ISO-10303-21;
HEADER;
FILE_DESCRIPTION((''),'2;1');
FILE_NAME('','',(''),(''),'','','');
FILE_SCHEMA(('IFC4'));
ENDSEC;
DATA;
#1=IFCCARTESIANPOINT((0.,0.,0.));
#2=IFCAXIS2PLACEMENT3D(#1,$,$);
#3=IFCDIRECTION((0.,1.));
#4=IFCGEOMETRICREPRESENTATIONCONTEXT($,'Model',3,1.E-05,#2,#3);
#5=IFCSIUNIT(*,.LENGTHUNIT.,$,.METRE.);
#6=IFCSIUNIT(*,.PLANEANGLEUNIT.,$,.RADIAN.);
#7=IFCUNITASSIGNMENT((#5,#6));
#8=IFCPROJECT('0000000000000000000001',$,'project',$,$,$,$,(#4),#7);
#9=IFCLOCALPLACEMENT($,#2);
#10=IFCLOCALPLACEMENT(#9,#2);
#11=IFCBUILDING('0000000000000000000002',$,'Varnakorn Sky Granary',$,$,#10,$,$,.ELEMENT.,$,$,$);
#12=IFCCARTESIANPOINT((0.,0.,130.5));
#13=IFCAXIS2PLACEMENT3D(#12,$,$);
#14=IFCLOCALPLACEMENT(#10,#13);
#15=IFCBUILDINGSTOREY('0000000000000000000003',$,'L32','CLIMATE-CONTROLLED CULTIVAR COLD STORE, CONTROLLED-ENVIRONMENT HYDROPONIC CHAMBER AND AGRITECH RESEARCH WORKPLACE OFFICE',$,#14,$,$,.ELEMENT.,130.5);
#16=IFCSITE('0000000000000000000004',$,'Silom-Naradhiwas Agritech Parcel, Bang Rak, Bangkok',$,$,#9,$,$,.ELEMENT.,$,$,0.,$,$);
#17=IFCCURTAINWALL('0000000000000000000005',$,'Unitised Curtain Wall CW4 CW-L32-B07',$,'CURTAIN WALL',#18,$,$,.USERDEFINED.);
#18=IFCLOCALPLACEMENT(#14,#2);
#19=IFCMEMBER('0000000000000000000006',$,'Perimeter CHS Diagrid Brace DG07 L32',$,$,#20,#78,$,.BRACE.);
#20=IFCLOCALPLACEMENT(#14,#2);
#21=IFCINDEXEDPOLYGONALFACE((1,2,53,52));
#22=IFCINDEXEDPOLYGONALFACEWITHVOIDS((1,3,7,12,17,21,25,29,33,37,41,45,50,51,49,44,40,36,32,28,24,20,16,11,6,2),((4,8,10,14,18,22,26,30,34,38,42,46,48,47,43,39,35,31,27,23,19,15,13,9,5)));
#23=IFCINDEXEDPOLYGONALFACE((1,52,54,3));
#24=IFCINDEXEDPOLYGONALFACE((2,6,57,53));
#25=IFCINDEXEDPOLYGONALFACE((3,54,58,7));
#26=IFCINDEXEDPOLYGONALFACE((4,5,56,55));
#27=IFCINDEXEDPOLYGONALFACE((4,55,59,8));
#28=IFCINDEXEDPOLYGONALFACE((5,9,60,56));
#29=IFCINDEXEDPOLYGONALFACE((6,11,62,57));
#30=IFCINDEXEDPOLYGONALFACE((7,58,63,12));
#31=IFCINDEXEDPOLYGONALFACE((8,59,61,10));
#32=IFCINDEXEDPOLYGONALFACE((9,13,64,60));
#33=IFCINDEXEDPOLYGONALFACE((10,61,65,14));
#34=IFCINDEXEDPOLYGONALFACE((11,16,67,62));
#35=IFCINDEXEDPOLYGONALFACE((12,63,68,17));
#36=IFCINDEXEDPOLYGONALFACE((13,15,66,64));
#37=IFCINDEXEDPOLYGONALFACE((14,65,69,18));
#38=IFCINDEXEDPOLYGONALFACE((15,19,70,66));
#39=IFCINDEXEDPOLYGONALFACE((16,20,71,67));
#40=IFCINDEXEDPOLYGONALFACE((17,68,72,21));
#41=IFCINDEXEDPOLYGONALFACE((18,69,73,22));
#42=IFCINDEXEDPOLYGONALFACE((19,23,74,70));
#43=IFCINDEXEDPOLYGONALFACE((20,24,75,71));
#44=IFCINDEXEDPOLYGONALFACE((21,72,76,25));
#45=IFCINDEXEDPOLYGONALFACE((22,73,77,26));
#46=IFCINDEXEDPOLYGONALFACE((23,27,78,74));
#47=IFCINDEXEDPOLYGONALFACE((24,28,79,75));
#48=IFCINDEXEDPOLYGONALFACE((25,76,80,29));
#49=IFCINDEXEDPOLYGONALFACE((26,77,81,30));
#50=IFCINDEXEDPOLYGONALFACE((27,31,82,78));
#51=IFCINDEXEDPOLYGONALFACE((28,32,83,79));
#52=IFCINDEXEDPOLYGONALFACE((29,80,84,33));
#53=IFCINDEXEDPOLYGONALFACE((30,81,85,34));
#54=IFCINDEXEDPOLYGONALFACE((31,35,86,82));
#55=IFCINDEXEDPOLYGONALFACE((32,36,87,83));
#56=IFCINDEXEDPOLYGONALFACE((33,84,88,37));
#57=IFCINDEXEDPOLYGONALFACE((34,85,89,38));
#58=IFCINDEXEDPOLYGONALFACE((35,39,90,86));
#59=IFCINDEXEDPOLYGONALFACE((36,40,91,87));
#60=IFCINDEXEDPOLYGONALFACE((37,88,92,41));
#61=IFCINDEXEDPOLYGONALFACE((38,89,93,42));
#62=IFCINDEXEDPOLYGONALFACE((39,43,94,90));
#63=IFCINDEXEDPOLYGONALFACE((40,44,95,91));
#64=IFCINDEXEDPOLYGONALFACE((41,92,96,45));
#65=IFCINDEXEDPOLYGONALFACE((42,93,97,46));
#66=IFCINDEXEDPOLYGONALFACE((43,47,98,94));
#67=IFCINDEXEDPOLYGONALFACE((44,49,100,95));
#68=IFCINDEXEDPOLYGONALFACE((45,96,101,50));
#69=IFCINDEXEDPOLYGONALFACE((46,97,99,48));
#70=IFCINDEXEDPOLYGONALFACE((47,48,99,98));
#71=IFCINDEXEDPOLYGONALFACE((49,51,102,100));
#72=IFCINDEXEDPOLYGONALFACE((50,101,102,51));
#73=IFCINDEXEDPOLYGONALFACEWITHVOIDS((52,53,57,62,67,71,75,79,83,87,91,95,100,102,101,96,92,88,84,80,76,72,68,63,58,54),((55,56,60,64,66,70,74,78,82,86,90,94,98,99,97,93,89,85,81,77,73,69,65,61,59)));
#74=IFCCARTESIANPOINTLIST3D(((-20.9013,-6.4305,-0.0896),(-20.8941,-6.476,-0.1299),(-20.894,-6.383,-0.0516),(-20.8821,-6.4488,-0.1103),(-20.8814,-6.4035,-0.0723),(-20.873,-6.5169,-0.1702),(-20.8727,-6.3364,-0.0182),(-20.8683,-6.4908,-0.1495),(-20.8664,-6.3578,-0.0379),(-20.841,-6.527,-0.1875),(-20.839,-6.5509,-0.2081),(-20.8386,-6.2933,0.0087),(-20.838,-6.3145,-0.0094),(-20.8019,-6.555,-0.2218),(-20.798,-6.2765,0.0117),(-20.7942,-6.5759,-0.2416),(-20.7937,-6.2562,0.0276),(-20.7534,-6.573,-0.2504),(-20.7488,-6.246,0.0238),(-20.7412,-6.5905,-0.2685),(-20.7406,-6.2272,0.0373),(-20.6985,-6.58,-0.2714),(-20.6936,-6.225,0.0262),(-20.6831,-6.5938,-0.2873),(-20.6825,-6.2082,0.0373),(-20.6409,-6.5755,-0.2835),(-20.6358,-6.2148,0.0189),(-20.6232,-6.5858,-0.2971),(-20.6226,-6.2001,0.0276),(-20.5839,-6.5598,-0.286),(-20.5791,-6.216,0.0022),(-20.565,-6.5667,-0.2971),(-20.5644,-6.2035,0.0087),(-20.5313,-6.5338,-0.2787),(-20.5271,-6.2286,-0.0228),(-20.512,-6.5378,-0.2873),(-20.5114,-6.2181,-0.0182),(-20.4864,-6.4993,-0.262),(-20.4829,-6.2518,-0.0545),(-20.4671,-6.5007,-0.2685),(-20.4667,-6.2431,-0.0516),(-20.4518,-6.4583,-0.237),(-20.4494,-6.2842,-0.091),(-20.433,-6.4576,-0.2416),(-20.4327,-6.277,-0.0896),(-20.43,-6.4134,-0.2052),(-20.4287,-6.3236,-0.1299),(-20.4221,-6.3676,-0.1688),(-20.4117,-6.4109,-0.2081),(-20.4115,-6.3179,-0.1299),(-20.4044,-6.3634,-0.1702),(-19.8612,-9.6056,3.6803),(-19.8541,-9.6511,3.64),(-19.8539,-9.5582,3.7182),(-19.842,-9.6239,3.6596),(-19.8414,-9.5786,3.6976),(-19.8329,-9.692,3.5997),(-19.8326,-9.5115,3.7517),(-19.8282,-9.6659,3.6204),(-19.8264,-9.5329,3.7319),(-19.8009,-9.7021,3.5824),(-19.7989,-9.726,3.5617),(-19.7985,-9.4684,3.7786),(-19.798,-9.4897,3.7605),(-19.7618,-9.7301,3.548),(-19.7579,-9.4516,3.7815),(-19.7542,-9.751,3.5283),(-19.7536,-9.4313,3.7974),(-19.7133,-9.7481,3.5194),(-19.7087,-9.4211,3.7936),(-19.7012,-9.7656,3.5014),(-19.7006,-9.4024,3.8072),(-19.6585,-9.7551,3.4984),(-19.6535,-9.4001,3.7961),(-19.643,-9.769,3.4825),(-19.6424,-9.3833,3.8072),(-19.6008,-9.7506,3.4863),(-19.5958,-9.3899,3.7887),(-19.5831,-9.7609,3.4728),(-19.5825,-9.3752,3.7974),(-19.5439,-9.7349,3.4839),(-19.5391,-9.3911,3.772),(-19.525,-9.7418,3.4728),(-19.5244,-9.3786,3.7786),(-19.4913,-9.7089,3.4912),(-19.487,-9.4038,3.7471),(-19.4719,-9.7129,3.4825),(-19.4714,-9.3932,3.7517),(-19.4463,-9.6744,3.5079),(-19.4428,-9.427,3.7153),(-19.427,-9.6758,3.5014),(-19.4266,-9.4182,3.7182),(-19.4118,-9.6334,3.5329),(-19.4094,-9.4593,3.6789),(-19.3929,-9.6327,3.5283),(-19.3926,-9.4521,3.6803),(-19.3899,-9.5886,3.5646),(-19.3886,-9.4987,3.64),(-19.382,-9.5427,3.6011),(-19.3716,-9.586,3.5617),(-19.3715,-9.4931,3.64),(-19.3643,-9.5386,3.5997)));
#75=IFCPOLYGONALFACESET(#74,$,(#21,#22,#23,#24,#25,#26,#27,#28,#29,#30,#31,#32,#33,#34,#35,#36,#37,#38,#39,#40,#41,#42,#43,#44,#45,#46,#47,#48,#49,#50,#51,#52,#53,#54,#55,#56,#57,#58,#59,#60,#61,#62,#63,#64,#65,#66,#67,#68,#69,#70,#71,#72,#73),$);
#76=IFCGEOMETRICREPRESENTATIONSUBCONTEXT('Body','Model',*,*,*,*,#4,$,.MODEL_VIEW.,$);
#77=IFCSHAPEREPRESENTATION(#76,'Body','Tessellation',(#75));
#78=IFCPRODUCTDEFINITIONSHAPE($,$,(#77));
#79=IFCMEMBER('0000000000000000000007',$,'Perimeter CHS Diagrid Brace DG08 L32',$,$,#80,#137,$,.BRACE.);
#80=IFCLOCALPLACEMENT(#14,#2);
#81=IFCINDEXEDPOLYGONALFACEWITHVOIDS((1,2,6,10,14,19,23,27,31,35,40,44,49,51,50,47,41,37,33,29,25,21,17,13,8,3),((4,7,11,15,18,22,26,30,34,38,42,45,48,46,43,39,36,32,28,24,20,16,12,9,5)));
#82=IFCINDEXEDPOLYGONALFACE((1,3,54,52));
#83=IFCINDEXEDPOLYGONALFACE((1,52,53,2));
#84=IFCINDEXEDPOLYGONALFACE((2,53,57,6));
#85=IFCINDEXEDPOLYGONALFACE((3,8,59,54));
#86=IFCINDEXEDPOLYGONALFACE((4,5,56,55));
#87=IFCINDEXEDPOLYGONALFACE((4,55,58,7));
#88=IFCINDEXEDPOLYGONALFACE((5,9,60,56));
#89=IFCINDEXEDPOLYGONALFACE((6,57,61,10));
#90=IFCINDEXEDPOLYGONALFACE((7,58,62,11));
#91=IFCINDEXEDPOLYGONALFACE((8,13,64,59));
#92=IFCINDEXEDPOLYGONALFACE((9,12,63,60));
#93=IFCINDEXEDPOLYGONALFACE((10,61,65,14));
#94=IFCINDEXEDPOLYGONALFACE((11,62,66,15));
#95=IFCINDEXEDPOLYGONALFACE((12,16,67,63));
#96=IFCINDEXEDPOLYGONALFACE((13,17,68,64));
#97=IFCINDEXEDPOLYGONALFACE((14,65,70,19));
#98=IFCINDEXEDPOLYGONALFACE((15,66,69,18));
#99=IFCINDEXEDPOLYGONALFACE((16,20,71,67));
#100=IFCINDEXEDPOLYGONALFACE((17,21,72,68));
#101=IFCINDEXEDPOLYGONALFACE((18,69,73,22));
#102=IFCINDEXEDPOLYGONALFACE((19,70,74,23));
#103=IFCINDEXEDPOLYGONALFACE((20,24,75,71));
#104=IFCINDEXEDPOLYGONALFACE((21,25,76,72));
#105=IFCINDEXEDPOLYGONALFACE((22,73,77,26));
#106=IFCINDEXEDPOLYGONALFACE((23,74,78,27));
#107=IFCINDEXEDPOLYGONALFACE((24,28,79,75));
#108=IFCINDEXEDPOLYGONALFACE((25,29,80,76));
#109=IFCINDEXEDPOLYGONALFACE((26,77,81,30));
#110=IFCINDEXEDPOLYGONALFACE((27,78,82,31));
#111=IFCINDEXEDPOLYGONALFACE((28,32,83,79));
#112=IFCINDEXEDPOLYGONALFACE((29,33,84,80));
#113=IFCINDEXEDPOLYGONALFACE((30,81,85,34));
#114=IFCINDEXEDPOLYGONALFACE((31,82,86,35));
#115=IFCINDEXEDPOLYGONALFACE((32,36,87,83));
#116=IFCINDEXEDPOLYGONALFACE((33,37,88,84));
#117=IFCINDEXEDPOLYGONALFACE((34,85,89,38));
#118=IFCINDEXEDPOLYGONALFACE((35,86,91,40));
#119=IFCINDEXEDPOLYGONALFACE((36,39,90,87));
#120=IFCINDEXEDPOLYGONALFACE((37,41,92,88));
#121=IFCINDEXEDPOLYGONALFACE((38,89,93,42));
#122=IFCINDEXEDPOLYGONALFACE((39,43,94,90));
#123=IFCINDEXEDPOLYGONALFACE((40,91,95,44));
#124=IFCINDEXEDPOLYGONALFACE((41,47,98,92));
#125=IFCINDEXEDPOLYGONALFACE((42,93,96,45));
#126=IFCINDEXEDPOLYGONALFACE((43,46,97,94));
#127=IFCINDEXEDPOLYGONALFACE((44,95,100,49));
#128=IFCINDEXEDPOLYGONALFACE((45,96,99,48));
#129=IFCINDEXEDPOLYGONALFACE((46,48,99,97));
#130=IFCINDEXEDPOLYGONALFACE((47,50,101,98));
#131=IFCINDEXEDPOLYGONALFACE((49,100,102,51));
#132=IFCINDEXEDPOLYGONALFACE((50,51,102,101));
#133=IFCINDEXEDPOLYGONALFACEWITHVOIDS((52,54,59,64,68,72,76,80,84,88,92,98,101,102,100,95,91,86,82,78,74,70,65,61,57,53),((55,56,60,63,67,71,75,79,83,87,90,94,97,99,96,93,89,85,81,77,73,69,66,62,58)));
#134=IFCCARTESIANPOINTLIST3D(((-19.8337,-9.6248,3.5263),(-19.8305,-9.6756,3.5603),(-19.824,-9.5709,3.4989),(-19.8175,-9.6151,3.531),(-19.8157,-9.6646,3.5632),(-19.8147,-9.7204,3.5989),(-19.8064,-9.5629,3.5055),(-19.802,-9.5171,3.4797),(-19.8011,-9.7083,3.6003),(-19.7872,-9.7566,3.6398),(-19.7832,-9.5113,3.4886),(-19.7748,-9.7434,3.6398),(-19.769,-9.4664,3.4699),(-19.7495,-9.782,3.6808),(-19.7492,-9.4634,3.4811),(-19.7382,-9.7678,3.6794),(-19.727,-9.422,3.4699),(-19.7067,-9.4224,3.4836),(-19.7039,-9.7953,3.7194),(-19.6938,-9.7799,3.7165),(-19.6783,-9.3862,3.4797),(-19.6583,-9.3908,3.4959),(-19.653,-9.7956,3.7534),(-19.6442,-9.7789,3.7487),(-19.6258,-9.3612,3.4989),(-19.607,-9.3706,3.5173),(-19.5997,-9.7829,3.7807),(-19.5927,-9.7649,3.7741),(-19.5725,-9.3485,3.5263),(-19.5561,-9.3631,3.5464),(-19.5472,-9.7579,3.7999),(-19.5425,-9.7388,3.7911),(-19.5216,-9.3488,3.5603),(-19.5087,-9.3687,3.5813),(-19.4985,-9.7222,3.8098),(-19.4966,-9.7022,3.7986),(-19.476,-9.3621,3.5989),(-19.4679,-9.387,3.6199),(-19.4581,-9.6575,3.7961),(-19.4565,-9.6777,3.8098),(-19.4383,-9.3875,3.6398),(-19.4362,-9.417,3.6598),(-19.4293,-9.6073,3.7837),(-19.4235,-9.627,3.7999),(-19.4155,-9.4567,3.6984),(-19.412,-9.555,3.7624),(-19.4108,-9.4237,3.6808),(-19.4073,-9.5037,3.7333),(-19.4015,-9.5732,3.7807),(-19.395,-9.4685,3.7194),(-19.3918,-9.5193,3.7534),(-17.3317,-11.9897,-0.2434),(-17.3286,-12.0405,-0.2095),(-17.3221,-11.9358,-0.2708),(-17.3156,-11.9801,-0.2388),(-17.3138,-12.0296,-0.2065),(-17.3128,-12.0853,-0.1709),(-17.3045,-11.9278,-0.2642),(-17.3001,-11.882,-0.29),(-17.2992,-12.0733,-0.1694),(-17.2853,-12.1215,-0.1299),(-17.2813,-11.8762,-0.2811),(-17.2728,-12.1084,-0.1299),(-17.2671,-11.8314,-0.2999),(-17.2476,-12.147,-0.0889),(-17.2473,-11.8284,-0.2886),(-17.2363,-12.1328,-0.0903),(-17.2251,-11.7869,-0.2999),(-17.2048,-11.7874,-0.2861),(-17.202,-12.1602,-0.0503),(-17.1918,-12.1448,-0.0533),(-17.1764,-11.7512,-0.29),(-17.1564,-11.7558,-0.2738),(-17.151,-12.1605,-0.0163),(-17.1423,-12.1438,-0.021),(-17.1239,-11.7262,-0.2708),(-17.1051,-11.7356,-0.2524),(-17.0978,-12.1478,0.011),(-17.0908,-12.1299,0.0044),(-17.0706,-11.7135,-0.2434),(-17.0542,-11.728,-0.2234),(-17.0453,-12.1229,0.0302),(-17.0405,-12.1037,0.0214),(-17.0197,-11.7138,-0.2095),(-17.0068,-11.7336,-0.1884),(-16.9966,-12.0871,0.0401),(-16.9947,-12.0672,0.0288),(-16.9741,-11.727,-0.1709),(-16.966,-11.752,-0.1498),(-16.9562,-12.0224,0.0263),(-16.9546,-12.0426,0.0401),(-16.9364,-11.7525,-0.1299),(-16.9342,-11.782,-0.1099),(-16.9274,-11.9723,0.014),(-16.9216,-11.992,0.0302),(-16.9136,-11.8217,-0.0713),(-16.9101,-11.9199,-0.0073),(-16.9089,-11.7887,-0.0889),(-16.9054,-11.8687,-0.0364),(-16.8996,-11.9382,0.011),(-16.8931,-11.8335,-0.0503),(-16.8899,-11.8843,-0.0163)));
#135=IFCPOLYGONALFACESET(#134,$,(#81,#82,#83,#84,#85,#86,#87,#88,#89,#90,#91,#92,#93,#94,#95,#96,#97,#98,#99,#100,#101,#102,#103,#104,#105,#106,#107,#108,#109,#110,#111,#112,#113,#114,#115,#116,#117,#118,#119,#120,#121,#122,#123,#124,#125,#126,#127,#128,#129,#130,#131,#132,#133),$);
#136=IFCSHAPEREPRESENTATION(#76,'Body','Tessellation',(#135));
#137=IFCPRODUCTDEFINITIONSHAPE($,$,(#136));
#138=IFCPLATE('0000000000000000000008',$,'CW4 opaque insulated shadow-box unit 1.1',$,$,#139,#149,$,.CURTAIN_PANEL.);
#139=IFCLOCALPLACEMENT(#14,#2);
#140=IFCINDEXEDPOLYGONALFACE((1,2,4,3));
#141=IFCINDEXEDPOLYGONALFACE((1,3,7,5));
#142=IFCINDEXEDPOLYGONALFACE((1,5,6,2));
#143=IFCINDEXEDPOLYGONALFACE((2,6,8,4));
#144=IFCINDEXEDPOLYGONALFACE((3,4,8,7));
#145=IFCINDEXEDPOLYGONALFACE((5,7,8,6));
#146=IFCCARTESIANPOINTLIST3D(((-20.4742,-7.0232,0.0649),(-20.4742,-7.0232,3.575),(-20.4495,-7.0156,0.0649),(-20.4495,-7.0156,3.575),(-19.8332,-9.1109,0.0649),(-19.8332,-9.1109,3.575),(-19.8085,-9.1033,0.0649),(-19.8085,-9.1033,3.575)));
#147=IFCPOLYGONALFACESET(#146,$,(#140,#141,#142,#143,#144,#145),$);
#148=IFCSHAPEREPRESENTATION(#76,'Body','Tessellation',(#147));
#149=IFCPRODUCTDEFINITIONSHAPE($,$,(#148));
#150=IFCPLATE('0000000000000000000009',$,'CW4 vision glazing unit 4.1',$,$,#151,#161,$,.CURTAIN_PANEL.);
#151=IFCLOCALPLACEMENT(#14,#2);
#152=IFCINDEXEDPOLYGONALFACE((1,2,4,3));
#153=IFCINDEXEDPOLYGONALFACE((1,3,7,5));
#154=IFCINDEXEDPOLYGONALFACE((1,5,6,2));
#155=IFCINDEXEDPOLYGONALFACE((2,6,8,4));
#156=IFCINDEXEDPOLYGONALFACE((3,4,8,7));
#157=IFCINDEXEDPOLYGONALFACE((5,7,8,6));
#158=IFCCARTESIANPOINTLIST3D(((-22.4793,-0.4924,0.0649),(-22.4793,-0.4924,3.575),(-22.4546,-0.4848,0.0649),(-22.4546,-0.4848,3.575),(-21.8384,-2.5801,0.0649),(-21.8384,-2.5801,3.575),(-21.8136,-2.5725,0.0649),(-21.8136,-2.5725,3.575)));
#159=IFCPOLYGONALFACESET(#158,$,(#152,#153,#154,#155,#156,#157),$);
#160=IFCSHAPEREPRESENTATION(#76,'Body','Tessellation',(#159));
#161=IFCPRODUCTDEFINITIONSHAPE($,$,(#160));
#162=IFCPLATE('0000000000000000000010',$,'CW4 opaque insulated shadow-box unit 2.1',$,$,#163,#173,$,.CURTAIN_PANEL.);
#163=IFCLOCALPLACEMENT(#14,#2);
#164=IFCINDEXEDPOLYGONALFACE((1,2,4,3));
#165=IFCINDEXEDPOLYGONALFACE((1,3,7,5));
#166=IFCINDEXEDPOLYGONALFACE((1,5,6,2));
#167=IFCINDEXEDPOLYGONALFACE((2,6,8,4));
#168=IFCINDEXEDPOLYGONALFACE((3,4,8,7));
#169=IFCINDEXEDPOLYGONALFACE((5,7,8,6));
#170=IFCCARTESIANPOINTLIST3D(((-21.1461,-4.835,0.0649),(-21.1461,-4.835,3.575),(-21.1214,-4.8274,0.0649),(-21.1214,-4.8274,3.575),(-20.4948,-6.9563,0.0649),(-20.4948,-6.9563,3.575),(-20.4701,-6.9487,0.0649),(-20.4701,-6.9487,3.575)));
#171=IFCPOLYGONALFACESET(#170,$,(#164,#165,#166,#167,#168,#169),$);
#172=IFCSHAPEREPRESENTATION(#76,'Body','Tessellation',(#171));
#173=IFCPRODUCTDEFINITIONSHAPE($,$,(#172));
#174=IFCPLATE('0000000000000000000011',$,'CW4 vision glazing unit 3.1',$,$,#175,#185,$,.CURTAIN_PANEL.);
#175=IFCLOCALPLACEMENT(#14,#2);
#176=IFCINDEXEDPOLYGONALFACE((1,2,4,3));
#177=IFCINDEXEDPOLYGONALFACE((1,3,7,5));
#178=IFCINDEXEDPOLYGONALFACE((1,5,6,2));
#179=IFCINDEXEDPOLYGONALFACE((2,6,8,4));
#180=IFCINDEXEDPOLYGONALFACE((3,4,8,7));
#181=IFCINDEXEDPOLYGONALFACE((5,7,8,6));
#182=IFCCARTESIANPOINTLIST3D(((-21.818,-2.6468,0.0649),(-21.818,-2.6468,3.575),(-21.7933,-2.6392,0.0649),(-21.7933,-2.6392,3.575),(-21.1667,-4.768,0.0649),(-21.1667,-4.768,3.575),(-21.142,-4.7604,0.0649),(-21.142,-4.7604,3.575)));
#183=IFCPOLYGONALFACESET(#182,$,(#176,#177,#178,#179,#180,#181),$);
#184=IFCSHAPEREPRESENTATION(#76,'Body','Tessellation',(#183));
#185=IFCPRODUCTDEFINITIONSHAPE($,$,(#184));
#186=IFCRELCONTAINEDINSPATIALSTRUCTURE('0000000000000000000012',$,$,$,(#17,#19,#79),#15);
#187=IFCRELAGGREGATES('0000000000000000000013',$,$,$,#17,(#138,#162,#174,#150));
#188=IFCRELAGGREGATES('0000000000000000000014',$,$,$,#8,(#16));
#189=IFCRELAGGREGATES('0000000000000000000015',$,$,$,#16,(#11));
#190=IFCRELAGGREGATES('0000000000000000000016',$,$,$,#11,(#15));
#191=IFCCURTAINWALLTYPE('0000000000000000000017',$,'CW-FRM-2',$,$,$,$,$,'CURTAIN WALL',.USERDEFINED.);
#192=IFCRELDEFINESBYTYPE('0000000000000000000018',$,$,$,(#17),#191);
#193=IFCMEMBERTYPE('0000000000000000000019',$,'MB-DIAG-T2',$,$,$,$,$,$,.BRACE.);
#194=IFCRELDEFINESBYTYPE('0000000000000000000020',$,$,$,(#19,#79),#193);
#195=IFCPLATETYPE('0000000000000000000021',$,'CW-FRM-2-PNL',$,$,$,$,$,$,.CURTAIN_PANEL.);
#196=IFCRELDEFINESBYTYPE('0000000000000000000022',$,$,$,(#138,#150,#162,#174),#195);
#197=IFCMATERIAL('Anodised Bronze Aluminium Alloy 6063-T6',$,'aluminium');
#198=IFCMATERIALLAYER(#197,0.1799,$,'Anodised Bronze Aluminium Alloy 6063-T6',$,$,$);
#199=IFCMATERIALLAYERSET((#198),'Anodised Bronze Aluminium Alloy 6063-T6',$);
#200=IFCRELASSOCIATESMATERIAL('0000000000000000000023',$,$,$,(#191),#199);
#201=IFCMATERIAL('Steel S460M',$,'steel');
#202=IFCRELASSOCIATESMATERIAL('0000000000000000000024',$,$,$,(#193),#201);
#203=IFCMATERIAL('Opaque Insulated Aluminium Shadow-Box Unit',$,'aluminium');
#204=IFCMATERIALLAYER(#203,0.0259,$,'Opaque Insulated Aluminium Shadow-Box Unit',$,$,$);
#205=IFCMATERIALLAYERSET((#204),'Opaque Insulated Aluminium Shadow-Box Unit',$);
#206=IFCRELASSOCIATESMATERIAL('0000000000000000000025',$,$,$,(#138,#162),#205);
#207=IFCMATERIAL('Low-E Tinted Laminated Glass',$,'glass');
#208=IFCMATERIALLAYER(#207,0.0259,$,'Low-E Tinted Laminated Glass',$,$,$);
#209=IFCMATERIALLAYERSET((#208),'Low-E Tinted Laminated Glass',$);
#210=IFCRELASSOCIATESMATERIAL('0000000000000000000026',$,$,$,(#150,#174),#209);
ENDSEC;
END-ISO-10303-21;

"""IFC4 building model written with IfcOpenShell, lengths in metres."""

from ifc_helpers import new_model, si_unit, direction, frame, origin, origin_2d, place, context, subcontext, project, spatial, rectangle, hollow_circle, extrude, source, transform, mapped, material, layer, layer_set, material_profile, profile_set, type_object, element, aggregate, save


model = new_model("IFC4")

# Units and contexts
model_context = context("Model", 3, precision=1e-05, world=origin(), true_north=direction((0.0, 1.0)))
body_context = subcontext(model_context, "Body", "Model", "MODEL_VIEW")
ifc_project = project(units=[si_unit("LENGTHUNIT", "METRE"), si_unit("PLANEANGLEUNIT", "RADIAN")], contexts=[model_context])

# Site, building, storey
site_placement = place(None, origin())
site = spatial("IfcSite", under=ifc_project, at=site_placement, Name="Silom-Naradhiwas Agritech Parcel, Bang Rak, Bangkok", CompositionType="ELEMENT", RefElevation=0.0)
building_placement = place(site_placement, origin())
building = spatial("IfcBuilding", under=site, at=building_placement, Name="Varnakorn Sky Granary", CompositionType="ELEMENT")
storey_placement = place(building_placement, frame((0.0, 0.0, 130.5)))
storey = spatial("IfcBuildingStorey", under=building, at=storey_placement, Name="L32", Description="CLIMATE-CONTROLLED CULTIVAR COLD STORE, CONTROLLED-ENVIRONMENT HYDROPONIC CHAMBER AND AGRITECH RESEARCH WORKPLACE OFFICE", CompositionType="ELEMENT", Elevation=130.5)

# Shared definitions
ifc_material_1 = material(Name="Steel S460M", Category="steel")

# Curtain wall
ifc_material_2 = material(Name="Anodised Bronze Aluminium Alloy 6063-T6", Category="aluminium")
ifc_layer_1 = layer(ifc_material_2, 0.1799, Name="Anodised Bronze Aluminium Alloy 6063-T6")
ifc_layer_set_1 = layer_set([ifc_layer_1], Name="Anodised Bronze Aluminium Alloy 6063-T6")
curtain_wall_type = type_object("IfcCurtainWallType", Name="CW-FRM-2", ElementType="CURTAIN WALL", PredefinedType="USERDEFINED", material=ifc_layer_set_1)
curtain_wall_1_placement = place(storey_placement, origin())
curtain_wall_1 = element("IfcCurtainWall", 1, at=curtain_wall_1_placement, inside=storey, type_object=curtain_wall_type, Name="Unitised Curtain Wall CW4 CW-L32-B07", ObjectType="CURTAIN WALL", PredefinedType="USERDEFINED")

# Members
ifc_material_profile_1 = material_profile(ifc_material_1, hollow_circle(Radius=0.2539, WallThickness=0.0181, at=origin_2d()), Name="CHS 508x18")
ifc_profile_set_1 = profile_set([ifc_material_profile_1], Name="Steel S460M")
member_type_1 = type_object("IfcMemberType", Name="MB-DIAG-T2", PredefinedType="BRACE", material=ifc_profile_set_1)
member_1_placement = place(storey_placement, frame((-20.6528, -6.397, -0.1299), z_axis=(0.20647, -0.630315, 0.748381), x_axis=(0.950315, 0.311291, 0.0)))
element("IfcMember", 2, at=member_1_placement, inside=storey, type_object=member_type_1, Name="Perimeter CHS Diagrid Brace DG07 L32", PredefinedType="BRACE", context=body_context, shape_type="SweptSolid", body=[
    extrude(hollow_circle(Radius=0.2539, WallThickness=0.0181, at=origin_2d()), origin(), (0.0, 0.0, 1.0), 5.0374),
])
member_2_placement = place(storey_placement, frame((-17.1108, -11.937, -0.1299), z_axis=(-0.490069, 0.463242, 0.738403), x_axis=(-0.686936, -0.726718, 0.0)))
element("IfcMember", 3, at=member_2_placement, inside=storey, type_object=member_type_1, Name="Perimeter CHS Diagrid Brace DG08 L32", PredefinedType="BRACE", context=body_context, shape_type="SweptSolid", body=[
    extrude(hollow_circle(Radius=0.2539, WallThickness=0.0181, at=origin_2d()), origin(), (0.0, 0.0, 1.0), 5.1052),
])

# Plates
ifc_material_3 = material(Name="Opaque Insulated Aluminium Shadow-Box Unit", Category="aluminium")
ifc_layer_2 = layer(ifc_material_3, 0.0259, Name="Opaque Insulated Aluminium Shadow-Box Unit")
ifc_layer_set_2 = layer_set([ifc_layer_2], Name="Opaque Insulated Aluminium Shadow-Box Unit")
plate_type = type_object("IfcPlateType", Name="CW-FRM-2-PNL", PredefinedType="CURTAIN_PANEL")
shared_shape_1 = source(origin(), body_context, "Body", "SweptSolid", [
    extrude(rectangle(XDim=2.1838, YDim=0.0259, at=origin_2d()), origin(), (0.0, 0.0, 1.0), 3.51),
])
plate_1_placement = place(storey_placement, frame((-20.1414, -8.0632, 0.0649), z_axis=(0.0, 0.0, 1.0), x_axis=(-0.293516, 0.955954, 0.0)))
plate_1 = element("IfcPlate", 4, at=plate_1_placement, type_object=plate_type, material=ifc_layer_set_2, Name="CW4 opaque insulated shadow-box unit 1.1", PredefinedType="CURTAIN_PANEL", context=body_context, shape_type="MappedRepresentation", body=[
    mapped(shared_shape_1, transform((0.0, 0.0, 0.0), x_axis=(1.0, 0.0, 0.0), y_axis=(0.0, 1.0, 0.0), z_axis=(0.0, 0.0, 1.0), scale=1.0)),
])
ifc_material_4 = material(Name="Low-E Tinted Laminated Glass", Category="glass")
ifc_layer_3 = layer(ifc_material_4, 0.0259, Name="Low-E Tinted Laminated Glass")
ifc_layer_set_3 = layer_set([ifc_layer_3], Name="Low-E Tinted Laminated Glass")
plate_2_placement = place(storey_placement, frame((-22.1465, -1.5325, 0.0649), z_axis=(0.0, 0.0, 1.0), x_axis=(-0.293516, 0.955954, 0.0)))
plate_2 = element("IfcPlate", 5, at=plate_2_placement, type_object=plate_type, material=ifc_layer_set_3, Name="CW4 vision glazing unit 4.1", PredefinedType="CURTAIN_PANEL", context=body_context, shape_type="MappedRepresentation", body=[
    mapped(shared_shape_1, transform((0.0, 0.0, 0.0), x_axis=(1.0, 0.0, 0.0), y_axis=(0.0, 1.0, 0.0), z_axis=(0.0, 0.0, 1.0), scale=1.0)),
])
shared_shape_2 = source(origin(), body_context, "Body", "SweptSolid", [
    extrude(rectangle(XDim=2.219, YDim=0.0259, at=origin_2d()), origin(), (0.0, 0.0, 1.0), 3.51),
])
plate_3_placement = place(storey_placement, frame((-20.8081, -5.8918, 0.0649), z_axis=(0.0, 0.0, 1.0), x_axis=(-0.293516, 0.955954, 0.0)))
plate_3 = element("IfcPlate", 6, at=plate_3_placement, type_object=plate_type, material=ifc_layer_set_2, Name="CW4 opaque insulated shadow-box unit 2.1", PredefinedType="CURTAIN_PANEL", context=body_context, shape_type="MappedRepresentation", body=[
    mapped(shared_shape_2, transform((0.0, 0.0, 0.0), x_axis=(1.0, 0.0, 0.0), y_axis=(0.0, 1.0, 0.0), z_axis=(0.0, 0.0, 1.0), scale=1.0)),
])
plate_4_placement = place(storey_placement, frame((-21.48, -3.7036, 0.0649), z_axis=(0.0, 0.0, 1.0), x_axis=(-0.293516, 0.955954, 0.0)))
plate_4 = element("IfcPlate", 7, at=plate_4_placement, type_object=plate_type, material=ifc_layer_set_3, Name="CW4 vision glazing unit 3.1", PredefinedType="CURTAIN_PANEL", context=body_context, shape_type="MappedRepresentation", body=[
    mapped(shared_shape_2, transform((0.0, 0.0, 0.0), x_axis=(1.0, 0.0, 0.0), y_axis=(0.0, 1.0, 0.0), z_axis=(0.0, 0.0, 1.0), scale=1.0)),
])
aggregate(curtain_wall_1, [plate_1, plate_3, plate_4, plate_2])

save(model, "model.ifc")
